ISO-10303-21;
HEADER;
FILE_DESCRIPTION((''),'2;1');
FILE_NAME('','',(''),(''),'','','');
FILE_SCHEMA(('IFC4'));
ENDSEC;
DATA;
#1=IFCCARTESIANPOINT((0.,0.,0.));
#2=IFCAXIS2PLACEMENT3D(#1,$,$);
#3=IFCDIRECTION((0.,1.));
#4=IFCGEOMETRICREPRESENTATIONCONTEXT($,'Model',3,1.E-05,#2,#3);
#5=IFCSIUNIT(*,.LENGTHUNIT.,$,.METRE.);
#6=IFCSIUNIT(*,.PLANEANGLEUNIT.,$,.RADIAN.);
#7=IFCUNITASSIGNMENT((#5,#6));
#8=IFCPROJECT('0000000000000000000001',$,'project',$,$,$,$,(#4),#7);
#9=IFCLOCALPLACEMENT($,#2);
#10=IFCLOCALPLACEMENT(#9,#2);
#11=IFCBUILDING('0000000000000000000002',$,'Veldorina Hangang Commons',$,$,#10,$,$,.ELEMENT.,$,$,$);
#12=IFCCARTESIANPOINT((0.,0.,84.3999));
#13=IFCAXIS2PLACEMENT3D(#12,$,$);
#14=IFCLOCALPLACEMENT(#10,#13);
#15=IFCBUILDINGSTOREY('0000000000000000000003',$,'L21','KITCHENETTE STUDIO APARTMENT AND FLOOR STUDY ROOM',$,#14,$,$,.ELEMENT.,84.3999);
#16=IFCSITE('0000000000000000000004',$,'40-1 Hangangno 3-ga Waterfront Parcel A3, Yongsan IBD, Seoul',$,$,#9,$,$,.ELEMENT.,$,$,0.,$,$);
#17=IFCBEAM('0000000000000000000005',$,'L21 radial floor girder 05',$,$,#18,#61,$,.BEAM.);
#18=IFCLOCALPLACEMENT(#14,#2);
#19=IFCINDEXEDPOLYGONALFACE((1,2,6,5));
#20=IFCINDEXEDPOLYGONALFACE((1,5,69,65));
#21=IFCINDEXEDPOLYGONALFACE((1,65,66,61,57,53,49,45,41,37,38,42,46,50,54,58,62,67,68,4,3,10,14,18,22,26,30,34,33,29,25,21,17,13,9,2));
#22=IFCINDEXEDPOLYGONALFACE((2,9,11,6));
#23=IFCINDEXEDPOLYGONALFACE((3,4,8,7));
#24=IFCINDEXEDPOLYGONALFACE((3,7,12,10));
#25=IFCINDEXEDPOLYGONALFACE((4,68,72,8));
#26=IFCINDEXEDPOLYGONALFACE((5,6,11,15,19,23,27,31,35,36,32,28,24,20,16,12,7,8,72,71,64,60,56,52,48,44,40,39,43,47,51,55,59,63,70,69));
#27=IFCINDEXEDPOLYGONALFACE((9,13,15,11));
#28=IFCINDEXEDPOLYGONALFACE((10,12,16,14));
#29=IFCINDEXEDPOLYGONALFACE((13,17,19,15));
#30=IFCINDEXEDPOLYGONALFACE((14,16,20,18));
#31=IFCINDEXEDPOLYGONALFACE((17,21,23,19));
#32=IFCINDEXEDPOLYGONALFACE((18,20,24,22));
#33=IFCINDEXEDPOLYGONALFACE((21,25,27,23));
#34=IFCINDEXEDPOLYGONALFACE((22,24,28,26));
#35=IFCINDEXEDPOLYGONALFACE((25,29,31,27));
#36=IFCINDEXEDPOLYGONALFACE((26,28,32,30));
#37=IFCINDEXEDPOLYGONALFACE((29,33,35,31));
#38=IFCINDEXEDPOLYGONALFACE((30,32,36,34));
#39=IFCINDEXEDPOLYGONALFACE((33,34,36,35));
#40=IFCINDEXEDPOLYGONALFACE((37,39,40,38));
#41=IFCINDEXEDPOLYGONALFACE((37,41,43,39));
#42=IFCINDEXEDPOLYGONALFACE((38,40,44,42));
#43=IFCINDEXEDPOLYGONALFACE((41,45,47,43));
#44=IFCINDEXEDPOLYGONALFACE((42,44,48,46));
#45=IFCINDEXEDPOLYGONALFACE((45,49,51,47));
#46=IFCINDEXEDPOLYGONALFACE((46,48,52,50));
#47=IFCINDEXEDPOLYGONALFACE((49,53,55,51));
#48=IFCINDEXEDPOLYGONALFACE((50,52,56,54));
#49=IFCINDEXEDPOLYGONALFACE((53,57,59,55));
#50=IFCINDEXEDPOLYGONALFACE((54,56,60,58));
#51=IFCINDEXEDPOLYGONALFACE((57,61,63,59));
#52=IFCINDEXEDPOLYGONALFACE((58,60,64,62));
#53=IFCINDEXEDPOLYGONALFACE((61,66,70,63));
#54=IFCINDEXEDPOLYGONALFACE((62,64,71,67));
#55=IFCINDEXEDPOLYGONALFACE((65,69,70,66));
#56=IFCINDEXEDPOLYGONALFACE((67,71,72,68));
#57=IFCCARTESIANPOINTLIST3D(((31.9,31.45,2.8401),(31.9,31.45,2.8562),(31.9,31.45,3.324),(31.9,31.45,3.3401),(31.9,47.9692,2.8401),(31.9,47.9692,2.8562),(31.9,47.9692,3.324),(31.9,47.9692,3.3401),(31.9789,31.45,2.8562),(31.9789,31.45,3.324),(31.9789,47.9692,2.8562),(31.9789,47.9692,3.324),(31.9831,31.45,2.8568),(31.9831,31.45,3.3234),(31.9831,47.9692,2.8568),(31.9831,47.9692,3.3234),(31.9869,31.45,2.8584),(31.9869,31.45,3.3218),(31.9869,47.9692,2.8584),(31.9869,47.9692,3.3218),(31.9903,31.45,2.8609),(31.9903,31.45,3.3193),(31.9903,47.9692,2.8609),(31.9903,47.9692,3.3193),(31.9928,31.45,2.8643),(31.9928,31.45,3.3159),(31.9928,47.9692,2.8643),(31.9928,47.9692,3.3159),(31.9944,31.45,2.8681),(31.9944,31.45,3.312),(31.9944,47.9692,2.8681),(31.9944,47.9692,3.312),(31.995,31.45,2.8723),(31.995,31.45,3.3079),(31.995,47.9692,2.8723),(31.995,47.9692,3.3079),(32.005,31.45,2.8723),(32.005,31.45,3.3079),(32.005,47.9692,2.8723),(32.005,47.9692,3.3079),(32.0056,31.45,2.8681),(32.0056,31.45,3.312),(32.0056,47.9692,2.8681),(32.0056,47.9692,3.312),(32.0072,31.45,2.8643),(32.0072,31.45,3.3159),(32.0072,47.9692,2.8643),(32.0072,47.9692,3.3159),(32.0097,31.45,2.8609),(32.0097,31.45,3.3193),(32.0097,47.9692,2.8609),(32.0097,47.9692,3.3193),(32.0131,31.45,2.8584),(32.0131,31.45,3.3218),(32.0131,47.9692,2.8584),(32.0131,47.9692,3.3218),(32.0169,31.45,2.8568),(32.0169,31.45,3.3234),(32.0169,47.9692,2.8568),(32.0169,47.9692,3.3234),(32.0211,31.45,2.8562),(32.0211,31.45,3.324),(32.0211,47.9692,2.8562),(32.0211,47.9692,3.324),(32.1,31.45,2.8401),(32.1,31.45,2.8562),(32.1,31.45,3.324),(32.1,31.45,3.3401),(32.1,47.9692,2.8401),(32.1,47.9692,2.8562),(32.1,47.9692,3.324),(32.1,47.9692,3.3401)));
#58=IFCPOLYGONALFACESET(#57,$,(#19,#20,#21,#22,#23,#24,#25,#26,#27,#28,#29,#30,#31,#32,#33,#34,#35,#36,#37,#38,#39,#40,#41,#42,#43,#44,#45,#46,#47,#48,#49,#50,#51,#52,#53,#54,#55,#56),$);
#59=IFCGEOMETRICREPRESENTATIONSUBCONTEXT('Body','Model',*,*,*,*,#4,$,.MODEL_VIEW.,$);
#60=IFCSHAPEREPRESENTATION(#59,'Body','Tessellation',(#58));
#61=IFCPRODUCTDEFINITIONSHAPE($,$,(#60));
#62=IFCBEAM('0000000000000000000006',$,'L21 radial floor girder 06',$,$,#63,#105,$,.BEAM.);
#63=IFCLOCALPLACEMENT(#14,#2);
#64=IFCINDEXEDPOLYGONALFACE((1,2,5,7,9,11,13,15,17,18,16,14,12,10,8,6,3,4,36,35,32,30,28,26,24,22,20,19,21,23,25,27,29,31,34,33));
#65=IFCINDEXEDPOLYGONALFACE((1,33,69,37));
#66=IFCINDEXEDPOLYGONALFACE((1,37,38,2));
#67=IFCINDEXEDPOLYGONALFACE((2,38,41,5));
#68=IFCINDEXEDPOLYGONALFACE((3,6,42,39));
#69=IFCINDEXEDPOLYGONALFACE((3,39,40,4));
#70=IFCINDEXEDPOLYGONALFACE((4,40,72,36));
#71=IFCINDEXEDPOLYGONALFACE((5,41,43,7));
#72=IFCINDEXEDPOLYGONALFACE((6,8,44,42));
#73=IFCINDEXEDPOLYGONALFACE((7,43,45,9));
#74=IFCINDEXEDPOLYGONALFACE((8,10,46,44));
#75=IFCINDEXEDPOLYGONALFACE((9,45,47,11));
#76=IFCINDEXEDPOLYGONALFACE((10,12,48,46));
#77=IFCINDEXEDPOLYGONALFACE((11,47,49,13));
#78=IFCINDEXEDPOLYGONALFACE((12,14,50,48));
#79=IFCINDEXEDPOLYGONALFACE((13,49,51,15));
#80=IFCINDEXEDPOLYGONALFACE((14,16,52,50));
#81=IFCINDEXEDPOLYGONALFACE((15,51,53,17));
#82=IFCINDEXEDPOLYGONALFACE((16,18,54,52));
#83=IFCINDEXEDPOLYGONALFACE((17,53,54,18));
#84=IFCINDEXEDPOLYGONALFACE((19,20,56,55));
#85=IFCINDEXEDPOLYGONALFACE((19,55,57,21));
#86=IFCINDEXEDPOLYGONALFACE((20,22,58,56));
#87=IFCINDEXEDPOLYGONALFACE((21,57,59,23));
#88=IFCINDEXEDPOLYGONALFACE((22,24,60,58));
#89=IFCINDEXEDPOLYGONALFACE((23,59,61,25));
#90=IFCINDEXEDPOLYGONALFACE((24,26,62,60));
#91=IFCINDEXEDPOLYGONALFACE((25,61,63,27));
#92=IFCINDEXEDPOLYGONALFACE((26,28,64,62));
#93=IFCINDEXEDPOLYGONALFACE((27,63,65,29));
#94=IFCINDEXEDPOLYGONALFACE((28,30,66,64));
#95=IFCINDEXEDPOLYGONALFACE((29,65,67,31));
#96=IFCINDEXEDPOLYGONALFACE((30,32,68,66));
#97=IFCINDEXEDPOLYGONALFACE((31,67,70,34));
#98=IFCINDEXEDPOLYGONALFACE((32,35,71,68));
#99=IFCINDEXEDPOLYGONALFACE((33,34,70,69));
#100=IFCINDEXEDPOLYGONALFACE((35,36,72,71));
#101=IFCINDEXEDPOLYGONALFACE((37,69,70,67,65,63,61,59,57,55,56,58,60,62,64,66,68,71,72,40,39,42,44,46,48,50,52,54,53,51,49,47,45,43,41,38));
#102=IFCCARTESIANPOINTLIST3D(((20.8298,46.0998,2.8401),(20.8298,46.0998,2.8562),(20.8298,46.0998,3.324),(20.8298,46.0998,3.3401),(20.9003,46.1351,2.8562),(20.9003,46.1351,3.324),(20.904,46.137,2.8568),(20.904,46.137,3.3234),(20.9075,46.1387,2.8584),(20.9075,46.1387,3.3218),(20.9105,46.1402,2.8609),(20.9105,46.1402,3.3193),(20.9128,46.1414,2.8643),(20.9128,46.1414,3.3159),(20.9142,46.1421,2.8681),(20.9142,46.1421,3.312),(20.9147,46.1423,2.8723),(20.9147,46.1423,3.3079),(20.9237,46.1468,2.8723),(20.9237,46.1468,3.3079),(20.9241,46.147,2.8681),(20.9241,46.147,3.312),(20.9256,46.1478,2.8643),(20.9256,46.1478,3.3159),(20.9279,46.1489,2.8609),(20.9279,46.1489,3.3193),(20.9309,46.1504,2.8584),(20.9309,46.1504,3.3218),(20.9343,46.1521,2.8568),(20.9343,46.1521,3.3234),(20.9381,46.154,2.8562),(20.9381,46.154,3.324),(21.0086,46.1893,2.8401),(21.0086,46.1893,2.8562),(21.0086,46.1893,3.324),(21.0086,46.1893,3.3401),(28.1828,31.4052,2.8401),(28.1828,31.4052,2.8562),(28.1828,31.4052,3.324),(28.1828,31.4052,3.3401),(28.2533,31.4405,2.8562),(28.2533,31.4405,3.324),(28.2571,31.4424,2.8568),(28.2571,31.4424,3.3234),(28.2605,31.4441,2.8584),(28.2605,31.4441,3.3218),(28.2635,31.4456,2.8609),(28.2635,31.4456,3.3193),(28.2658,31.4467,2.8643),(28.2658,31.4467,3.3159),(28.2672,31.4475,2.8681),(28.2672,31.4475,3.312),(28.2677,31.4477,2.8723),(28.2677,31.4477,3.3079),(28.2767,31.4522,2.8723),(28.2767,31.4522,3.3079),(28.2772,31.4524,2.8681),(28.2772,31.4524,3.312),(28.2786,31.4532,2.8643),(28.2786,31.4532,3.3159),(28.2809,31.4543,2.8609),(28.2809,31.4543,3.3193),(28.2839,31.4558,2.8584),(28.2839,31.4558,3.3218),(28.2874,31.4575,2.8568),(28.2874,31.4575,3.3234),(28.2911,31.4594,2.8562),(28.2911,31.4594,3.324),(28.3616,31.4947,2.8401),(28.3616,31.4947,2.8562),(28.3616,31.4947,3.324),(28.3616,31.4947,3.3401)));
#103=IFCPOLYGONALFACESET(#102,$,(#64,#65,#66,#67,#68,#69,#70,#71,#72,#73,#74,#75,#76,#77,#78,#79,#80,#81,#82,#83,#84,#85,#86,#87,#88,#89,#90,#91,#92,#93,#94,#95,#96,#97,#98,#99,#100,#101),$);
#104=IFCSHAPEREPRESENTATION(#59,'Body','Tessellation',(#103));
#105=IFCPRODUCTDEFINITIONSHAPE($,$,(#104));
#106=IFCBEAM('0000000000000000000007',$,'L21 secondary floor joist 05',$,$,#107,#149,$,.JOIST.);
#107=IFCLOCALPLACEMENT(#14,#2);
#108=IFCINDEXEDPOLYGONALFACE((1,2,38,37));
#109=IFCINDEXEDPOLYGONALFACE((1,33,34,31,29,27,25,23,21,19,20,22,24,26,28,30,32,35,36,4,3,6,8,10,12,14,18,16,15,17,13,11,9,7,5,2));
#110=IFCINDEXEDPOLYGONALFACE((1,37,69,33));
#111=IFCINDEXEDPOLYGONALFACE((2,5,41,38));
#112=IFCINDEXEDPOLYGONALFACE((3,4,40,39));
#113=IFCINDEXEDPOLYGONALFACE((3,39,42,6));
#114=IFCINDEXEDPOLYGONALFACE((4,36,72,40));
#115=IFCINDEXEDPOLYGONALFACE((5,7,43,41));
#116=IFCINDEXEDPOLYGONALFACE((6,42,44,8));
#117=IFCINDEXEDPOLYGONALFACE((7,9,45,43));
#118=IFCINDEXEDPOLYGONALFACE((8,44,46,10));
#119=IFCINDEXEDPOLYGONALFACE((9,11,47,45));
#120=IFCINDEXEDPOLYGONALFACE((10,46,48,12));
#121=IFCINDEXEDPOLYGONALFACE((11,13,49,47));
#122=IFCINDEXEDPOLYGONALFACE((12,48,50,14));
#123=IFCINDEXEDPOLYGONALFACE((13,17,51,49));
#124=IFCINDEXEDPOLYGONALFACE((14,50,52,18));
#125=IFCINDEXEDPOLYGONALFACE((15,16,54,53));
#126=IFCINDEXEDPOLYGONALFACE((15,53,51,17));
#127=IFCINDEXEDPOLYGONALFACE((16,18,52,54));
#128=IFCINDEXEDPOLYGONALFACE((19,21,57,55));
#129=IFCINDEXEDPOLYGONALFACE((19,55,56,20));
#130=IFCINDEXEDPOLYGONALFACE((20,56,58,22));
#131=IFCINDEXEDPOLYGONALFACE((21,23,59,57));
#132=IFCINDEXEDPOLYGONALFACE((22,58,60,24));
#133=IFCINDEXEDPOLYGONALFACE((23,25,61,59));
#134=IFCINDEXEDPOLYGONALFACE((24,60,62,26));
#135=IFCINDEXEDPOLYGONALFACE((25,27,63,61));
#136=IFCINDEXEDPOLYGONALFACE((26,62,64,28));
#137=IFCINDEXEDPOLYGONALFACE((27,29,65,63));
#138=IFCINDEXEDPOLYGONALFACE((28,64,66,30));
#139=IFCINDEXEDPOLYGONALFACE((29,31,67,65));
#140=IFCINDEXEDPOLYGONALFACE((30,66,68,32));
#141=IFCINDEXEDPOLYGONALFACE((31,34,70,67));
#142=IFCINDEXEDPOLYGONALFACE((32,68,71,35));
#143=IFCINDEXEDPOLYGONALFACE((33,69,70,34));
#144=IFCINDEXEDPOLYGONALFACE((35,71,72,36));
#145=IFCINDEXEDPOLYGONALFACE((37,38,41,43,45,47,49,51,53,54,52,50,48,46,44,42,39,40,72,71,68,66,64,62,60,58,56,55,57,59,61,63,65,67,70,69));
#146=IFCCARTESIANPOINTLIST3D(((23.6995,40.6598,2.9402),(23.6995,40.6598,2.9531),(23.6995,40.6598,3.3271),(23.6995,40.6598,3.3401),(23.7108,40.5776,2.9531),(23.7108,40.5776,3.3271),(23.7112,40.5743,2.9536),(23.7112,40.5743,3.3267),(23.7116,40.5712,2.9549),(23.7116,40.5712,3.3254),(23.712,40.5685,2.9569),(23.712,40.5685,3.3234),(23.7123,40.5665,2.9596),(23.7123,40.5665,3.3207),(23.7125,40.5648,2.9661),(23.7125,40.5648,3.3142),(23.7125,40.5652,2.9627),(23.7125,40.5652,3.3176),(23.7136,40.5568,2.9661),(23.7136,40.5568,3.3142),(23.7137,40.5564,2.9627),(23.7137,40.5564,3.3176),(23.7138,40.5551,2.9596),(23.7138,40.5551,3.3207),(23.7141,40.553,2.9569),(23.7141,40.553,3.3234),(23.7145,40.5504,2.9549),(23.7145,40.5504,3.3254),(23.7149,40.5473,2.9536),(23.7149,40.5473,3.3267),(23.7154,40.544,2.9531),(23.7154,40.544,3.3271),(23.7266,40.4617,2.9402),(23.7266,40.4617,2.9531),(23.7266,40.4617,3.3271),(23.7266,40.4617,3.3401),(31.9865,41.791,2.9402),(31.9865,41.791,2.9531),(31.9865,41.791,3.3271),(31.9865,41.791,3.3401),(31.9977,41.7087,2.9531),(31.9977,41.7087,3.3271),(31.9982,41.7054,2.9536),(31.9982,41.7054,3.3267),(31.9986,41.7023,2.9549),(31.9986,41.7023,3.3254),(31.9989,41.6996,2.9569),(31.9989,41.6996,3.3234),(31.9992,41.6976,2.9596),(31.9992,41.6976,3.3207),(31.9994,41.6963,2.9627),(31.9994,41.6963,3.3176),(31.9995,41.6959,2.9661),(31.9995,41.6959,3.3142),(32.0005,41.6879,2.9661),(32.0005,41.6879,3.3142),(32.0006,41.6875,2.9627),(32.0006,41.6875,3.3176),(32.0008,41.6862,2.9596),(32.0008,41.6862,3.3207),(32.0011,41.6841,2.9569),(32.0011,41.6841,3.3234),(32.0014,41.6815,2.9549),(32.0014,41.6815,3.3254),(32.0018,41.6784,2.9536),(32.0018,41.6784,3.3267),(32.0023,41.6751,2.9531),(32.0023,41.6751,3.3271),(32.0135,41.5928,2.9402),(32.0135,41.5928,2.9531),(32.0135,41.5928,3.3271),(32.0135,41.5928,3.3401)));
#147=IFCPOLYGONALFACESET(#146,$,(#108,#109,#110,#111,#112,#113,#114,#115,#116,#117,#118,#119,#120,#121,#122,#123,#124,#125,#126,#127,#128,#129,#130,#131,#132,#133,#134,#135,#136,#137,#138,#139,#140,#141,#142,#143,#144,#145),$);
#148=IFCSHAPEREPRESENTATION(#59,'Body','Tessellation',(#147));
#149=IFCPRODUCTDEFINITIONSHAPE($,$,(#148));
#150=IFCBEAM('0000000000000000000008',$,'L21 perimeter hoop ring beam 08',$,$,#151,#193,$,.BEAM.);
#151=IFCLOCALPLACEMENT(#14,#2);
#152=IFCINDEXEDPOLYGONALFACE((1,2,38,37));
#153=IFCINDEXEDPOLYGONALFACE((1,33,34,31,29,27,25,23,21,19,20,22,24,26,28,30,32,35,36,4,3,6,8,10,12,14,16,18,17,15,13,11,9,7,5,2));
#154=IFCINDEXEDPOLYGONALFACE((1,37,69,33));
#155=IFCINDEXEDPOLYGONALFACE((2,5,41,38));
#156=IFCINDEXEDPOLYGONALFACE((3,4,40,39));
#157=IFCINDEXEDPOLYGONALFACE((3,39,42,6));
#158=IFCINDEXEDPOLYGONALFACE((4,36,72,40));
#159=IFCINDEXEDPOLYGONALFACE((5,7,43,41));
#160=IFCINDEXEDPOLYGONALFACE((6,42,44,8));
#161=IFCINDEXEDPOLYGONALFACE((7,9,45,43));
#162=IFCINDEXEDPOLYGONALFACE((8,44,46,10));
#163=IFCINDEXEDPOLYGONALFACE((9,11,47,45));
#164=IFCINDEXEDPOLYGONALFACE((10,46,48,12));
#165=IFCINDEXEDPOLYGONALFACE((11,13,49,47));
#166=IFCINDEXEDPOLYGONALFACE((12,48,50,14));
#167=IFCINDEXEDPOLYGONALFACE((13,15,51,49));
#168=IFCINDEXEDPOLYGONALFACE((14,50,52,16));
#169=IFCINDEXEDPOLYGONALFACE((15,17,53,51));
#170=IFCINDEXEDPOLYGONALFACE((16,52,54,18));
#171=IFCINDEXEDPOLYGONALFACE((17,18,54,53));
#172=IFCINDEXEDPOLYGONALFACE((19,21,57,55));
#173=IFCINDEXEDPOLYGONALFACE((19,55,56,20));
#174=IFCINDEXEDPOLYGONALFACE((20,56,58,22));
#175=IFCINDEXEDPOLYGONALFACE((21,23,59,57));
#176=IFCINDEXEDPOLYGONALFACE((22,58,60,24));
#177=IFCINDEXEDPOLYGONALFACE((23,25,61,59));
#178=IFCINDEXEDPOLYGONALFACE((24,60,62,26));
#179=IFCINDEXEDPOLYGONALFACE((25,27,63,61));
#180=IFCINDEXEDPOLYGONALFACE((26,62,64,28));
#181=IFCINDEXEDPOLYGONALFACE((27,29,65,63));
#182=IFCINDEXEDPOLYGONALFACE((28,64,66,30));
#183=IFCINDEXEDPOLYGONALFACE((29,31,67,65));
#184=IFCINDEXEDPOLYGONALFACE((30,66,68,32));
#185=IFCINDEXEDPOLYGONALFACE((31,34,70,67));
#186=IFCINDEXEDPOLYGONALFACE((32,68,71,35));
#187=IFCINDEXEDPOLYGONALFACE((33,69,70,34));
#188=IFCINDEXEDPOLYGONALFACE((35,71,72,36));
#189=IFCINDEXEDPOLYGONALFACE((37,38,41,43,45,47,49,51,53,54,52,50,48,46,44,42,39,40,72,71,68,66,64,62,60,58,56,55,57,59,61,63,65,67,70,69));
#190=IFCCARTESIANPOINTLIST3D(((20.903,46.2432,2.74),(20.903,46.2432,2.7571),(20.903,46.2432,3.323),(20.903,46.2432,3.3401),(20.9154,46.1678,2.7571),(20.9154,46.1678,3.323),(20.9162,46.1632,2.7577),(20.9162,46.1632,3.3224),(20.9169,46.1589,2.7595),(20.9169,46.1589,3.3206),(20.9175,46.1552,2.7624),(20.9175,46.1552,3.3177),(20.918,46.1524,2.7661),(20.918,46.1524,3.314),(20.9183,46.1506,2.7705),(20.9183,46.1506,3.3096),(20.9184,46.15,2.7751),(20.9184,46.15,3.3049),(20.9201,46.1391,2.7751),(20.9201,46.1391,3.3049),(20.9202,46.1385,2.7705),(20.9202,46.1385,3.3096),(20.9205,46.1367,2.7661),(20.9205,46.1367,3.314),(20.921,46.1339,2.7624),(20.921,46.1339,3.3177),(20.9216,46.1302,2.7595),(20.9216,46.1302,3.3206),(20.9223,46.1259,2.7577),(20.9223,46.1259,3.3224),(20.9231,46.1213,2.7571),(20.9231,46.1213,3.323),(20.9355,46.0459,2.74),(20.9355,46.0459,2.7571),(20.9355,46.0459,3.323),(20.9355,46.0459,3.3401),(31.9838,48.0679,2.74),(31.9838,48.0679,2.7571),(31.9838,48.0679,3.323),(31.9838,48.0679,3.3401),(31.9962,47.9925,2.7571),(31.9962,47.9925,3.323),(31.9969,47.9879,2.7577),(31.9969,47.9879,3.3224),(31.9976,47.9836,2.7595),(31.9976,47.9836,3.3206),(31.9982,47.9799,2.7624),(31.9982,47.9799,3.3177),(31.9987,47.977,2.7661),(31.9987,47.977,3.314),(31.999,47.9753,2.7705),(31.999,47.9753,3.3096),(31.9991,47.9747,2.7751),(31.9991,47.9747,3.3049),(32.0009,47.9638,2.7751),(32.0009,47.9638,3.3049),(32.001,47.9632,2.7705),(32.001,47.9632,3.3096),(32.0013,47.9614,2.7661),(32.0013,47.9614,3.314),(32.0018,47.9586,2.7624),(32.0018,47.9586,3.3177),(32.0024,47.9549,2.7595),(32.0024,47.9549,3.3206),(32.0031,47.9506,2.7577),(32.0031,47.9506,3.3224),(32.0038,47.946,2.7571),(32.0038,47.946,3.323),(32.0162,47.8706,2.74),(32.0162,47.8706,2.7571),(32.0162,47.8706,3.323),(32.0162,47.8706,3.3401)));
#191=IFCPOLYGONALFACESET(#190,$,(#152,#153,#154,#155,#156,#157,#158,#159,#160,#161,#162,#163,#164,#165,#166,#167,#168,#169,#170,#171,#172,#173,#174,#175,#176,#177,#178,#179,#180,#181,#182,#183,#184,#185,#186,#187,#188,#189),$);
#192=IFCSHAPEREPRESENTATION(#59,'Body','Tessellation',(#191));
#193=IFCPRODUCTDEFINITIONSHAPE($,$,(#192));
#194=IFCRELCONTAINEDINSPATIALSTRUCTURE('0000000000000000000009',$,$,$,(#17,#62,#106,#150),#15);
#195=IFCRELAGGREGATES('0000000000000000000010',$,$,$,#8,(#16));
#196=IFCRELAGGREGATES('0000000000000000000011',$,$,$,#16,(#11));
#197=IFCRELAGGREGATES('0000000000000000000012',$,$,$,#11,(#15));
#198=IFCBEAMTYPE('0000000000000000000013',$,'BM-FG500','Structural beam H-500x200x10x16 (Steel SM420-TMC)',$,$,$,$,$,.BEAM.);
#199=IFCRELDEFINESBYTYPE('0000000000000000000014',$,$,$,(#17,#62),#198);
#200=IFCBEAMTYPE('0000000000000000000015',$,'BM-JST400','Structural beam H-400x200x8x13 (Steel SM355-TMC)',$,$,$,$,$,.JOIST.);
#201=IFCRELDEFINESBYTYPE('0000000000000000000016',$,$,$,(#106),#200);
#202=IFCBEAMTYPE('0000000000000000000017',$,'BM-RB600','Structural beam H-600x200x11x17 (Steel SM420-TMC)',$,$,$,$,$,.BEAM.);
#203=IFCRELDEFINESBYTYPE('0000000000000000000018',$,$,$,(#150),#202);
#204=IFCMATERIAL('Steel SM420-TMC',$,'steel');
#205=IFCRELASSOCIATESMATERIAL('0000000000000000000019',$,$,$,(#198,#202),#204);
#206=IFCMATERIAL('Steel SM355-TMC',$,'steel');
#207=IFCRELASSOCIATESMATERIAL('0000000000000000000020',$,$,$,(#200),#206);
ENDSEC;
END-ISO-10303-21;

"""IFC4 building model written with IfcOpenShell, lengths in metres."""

from ifc_helpers import new_model, si_unit, direction, frame, origin, origin_2d, place, context, subcontext, project, spatial, i_section, extrude, material, material_profile, profile_set, type_object, element, save


model = new_model("IFC4")

# Units and contexts
model_context = context("Model", 3, precision=1e-05, world=origin(), true_north=direction((0.0, 1.0)))
body_context = subcontext(model_context, "Body", "Model", "MODEL_VIEW")
ifc_project = project(units=[si_unit("LENGTHUNIT", "METRE"), si_unit("PLANEANGLEUNIT", "RADIAN")], contexts=[model_context])

# Site, building, storey
site_placement = place(None, origin())
site = spatial("IfcSite", under=ifc_project, at=site_placement, Name="40-1 Hangangno 3-ga Waterfront Parcel A3, Yongsan IBD, Seoul", CompositionType="ELEMENT", RefElevation=0.0)
building_placement = place(site_placement, origin())
building = spatial("IfcBuilding", under=site, at=building_placement, Name="Veldorina Hangang Commons", CompositionType="ELEMENT")
storey_placement = place(building_placement, frame((0.0, 0.0, 84.3999)))
storey = spatial("IfcBuildingStorey", under=building, at=storey_placement, Name="L21", Description="KITCHENETTE STUDIO APARTMENT AND FLOOR STUDY ROOM", CompositionType="ELEMENT", Elevation=84.3999)

# Beams
ifc_material_1 = material(Name="Steel SM420-TMC", Category="steel")
ifc_material_profile_1 = material_profile(ifc_material_1, i_section(OverallWidth=0.2, OverallDepth=0.5, WebThickness=0.01, FlangeThickness=0.0161, FilletRadius=0.0161, at=origin_2d()), Name="H-500x200x10x16")
ifc_profile_set_1 = profile_set([ifc_material_profile_1], Name="Steel SM420-TMC")
beam_type_1 = type_object("IfcBeamType", Name="BM-FG500", Description="Structural beam H-500x200x10x16 (Steel SM420-TMC)", PredefinedType="BEAM", material=ifc_profile_set_1)
beam_1_placement = place(storey_placement, frame((32.0, 31.45, 3.0901), z_axis=(0.0, 1.0, 0.0), x_axis=(-1.0, 0.0, 0.0)))
element("IfcBeam", 1, at=beam_1_placement, inside=storey, type_object=beam_type_1, Name="L21 radial floor girder 05", PredefinedType="BEAM", context=body_context, shape_type="SweptSolid", body=[
    extrude(i_section(OverallWidth=0.2, OverallDepth=0.5, WebThickness=0.01, FlangeThickness=0.0161, FilletRadius=0.0161, at=origin_2d()), origin(), (0.0, 0.0, 1.0), 16.5193),
])
beam_2_placement = place(storey_placement, frame((28.2722, 31.45, 3.0901), z_axis=(-0.447493, 0.894287, 0.0), x_axis=(-0.894287, -0.447493, 0.0)))
element("IfcBeam", 2, at=beam_2_placement, inside=storey, type_object=beam_type_1, Name="L21 radial floor girder 06", PredefinedType="BEAM", context=body_context, shape_type="SweptSolid", body=[
    extrude(i_section(OverallWidth=0.2, OverallDepth=0.5, WebThickness=0.01, FlangeThickness=0.0161, FilletRadius=0.0161, at=origin_2d()), origin(), (0.0, 0.0, 1.0), 16.4316),
])
ifc_material_2 = material(Name="Steel SM355-TMC", Category="steel")
ifc_material_profile_2 = material_profile(ifc_material_2, i_section(OverallWidth=0.2, OverallDepth=0.3999, WebThickness=0.0081, FlangeThickness=0.0129, FilletRadius=0.0129, at=origin_2d()), Name="H-400x200x8x13")
ifc_profile_set_2 = profile_set([ifc_material_profile_2], Name="Steel SM355-TMC")
beam_type_2 = type_object("IfcBeamType", Name="BM-JST400", Description="Structural beam H-400x200x8x13 (Steel SM355-TMC)", PredefinedType="JOIST", material=ifc_profile_set_2)
beam_3_placement = place(storey_placement, frame((32.0, 41.6919, 3.1401), z_axis=(-0.990813, -0.13524, 0.0), x_axis=(0.13524, -0.990813, 0.0)))
element("IfcBeam", 3, at=beam_3_placement, inside=storey, type_object=beam_type_2, Name="L21 secondary floor joist 05", PredefinedType="JOIST", context=body_context, shape_type="SweptSolid", body=[
    extrude(i_section(OverallWidth=0.2, OverallDepth=0.3999, WebThickness=0.0081, FlangeThickness=0.0129, FilletRadius=0.0129, at=origin_2d()), origin(), (0.0, 0.0, 1.0), 8.3638),
])
ifc_material_profile_3 = material_profile(ifc_material_1, i_section(OverallWidth=0.2, OverallDepth=0.6001, WebThickness=0.011, FlangeThickness=0.0171, FilletRadius=0.0181, at=origin_2d()), Name="H-600x200x11x17")
ifc_profile_set_3 = profile_set([ifc_material_profile_3], Name="Steel SM420-TMC")
beam_type_3 = type_object("IfcBeamType", Name="BM-RB600", Description="Structural beam H-600x200x11x17 (Steel SM420-TMC)", PredefinedType="BEAM", material=ifc_profile_set_3)
beam_4_placement = place(storey_placement, frame((32.0, 47.9692, 3.04), z_axis=(-0.986711, -0.162484, 0.0), x_axis=(0.162484, -0.986711, 0.0)))
element("IfcBeam", 4, at=beam_4_placement, inside=storey, type_object=beam_type_3, Name="L21 perimeter hoop ring beam 08", PredefinedType="BEAM", context=body_context, shape_type="SweptSolid", body=[
    extrude(i_section(OverallWidth=0.2, OverallDepth=0.6001, WebThickness=0.011, FlangeThickness=0.0171, FilletRadius=0.0181, at=origin_2d()), origin(), (0.0, 0.0, 1.0), 11.23),
])

save(model, "model.ifc")
